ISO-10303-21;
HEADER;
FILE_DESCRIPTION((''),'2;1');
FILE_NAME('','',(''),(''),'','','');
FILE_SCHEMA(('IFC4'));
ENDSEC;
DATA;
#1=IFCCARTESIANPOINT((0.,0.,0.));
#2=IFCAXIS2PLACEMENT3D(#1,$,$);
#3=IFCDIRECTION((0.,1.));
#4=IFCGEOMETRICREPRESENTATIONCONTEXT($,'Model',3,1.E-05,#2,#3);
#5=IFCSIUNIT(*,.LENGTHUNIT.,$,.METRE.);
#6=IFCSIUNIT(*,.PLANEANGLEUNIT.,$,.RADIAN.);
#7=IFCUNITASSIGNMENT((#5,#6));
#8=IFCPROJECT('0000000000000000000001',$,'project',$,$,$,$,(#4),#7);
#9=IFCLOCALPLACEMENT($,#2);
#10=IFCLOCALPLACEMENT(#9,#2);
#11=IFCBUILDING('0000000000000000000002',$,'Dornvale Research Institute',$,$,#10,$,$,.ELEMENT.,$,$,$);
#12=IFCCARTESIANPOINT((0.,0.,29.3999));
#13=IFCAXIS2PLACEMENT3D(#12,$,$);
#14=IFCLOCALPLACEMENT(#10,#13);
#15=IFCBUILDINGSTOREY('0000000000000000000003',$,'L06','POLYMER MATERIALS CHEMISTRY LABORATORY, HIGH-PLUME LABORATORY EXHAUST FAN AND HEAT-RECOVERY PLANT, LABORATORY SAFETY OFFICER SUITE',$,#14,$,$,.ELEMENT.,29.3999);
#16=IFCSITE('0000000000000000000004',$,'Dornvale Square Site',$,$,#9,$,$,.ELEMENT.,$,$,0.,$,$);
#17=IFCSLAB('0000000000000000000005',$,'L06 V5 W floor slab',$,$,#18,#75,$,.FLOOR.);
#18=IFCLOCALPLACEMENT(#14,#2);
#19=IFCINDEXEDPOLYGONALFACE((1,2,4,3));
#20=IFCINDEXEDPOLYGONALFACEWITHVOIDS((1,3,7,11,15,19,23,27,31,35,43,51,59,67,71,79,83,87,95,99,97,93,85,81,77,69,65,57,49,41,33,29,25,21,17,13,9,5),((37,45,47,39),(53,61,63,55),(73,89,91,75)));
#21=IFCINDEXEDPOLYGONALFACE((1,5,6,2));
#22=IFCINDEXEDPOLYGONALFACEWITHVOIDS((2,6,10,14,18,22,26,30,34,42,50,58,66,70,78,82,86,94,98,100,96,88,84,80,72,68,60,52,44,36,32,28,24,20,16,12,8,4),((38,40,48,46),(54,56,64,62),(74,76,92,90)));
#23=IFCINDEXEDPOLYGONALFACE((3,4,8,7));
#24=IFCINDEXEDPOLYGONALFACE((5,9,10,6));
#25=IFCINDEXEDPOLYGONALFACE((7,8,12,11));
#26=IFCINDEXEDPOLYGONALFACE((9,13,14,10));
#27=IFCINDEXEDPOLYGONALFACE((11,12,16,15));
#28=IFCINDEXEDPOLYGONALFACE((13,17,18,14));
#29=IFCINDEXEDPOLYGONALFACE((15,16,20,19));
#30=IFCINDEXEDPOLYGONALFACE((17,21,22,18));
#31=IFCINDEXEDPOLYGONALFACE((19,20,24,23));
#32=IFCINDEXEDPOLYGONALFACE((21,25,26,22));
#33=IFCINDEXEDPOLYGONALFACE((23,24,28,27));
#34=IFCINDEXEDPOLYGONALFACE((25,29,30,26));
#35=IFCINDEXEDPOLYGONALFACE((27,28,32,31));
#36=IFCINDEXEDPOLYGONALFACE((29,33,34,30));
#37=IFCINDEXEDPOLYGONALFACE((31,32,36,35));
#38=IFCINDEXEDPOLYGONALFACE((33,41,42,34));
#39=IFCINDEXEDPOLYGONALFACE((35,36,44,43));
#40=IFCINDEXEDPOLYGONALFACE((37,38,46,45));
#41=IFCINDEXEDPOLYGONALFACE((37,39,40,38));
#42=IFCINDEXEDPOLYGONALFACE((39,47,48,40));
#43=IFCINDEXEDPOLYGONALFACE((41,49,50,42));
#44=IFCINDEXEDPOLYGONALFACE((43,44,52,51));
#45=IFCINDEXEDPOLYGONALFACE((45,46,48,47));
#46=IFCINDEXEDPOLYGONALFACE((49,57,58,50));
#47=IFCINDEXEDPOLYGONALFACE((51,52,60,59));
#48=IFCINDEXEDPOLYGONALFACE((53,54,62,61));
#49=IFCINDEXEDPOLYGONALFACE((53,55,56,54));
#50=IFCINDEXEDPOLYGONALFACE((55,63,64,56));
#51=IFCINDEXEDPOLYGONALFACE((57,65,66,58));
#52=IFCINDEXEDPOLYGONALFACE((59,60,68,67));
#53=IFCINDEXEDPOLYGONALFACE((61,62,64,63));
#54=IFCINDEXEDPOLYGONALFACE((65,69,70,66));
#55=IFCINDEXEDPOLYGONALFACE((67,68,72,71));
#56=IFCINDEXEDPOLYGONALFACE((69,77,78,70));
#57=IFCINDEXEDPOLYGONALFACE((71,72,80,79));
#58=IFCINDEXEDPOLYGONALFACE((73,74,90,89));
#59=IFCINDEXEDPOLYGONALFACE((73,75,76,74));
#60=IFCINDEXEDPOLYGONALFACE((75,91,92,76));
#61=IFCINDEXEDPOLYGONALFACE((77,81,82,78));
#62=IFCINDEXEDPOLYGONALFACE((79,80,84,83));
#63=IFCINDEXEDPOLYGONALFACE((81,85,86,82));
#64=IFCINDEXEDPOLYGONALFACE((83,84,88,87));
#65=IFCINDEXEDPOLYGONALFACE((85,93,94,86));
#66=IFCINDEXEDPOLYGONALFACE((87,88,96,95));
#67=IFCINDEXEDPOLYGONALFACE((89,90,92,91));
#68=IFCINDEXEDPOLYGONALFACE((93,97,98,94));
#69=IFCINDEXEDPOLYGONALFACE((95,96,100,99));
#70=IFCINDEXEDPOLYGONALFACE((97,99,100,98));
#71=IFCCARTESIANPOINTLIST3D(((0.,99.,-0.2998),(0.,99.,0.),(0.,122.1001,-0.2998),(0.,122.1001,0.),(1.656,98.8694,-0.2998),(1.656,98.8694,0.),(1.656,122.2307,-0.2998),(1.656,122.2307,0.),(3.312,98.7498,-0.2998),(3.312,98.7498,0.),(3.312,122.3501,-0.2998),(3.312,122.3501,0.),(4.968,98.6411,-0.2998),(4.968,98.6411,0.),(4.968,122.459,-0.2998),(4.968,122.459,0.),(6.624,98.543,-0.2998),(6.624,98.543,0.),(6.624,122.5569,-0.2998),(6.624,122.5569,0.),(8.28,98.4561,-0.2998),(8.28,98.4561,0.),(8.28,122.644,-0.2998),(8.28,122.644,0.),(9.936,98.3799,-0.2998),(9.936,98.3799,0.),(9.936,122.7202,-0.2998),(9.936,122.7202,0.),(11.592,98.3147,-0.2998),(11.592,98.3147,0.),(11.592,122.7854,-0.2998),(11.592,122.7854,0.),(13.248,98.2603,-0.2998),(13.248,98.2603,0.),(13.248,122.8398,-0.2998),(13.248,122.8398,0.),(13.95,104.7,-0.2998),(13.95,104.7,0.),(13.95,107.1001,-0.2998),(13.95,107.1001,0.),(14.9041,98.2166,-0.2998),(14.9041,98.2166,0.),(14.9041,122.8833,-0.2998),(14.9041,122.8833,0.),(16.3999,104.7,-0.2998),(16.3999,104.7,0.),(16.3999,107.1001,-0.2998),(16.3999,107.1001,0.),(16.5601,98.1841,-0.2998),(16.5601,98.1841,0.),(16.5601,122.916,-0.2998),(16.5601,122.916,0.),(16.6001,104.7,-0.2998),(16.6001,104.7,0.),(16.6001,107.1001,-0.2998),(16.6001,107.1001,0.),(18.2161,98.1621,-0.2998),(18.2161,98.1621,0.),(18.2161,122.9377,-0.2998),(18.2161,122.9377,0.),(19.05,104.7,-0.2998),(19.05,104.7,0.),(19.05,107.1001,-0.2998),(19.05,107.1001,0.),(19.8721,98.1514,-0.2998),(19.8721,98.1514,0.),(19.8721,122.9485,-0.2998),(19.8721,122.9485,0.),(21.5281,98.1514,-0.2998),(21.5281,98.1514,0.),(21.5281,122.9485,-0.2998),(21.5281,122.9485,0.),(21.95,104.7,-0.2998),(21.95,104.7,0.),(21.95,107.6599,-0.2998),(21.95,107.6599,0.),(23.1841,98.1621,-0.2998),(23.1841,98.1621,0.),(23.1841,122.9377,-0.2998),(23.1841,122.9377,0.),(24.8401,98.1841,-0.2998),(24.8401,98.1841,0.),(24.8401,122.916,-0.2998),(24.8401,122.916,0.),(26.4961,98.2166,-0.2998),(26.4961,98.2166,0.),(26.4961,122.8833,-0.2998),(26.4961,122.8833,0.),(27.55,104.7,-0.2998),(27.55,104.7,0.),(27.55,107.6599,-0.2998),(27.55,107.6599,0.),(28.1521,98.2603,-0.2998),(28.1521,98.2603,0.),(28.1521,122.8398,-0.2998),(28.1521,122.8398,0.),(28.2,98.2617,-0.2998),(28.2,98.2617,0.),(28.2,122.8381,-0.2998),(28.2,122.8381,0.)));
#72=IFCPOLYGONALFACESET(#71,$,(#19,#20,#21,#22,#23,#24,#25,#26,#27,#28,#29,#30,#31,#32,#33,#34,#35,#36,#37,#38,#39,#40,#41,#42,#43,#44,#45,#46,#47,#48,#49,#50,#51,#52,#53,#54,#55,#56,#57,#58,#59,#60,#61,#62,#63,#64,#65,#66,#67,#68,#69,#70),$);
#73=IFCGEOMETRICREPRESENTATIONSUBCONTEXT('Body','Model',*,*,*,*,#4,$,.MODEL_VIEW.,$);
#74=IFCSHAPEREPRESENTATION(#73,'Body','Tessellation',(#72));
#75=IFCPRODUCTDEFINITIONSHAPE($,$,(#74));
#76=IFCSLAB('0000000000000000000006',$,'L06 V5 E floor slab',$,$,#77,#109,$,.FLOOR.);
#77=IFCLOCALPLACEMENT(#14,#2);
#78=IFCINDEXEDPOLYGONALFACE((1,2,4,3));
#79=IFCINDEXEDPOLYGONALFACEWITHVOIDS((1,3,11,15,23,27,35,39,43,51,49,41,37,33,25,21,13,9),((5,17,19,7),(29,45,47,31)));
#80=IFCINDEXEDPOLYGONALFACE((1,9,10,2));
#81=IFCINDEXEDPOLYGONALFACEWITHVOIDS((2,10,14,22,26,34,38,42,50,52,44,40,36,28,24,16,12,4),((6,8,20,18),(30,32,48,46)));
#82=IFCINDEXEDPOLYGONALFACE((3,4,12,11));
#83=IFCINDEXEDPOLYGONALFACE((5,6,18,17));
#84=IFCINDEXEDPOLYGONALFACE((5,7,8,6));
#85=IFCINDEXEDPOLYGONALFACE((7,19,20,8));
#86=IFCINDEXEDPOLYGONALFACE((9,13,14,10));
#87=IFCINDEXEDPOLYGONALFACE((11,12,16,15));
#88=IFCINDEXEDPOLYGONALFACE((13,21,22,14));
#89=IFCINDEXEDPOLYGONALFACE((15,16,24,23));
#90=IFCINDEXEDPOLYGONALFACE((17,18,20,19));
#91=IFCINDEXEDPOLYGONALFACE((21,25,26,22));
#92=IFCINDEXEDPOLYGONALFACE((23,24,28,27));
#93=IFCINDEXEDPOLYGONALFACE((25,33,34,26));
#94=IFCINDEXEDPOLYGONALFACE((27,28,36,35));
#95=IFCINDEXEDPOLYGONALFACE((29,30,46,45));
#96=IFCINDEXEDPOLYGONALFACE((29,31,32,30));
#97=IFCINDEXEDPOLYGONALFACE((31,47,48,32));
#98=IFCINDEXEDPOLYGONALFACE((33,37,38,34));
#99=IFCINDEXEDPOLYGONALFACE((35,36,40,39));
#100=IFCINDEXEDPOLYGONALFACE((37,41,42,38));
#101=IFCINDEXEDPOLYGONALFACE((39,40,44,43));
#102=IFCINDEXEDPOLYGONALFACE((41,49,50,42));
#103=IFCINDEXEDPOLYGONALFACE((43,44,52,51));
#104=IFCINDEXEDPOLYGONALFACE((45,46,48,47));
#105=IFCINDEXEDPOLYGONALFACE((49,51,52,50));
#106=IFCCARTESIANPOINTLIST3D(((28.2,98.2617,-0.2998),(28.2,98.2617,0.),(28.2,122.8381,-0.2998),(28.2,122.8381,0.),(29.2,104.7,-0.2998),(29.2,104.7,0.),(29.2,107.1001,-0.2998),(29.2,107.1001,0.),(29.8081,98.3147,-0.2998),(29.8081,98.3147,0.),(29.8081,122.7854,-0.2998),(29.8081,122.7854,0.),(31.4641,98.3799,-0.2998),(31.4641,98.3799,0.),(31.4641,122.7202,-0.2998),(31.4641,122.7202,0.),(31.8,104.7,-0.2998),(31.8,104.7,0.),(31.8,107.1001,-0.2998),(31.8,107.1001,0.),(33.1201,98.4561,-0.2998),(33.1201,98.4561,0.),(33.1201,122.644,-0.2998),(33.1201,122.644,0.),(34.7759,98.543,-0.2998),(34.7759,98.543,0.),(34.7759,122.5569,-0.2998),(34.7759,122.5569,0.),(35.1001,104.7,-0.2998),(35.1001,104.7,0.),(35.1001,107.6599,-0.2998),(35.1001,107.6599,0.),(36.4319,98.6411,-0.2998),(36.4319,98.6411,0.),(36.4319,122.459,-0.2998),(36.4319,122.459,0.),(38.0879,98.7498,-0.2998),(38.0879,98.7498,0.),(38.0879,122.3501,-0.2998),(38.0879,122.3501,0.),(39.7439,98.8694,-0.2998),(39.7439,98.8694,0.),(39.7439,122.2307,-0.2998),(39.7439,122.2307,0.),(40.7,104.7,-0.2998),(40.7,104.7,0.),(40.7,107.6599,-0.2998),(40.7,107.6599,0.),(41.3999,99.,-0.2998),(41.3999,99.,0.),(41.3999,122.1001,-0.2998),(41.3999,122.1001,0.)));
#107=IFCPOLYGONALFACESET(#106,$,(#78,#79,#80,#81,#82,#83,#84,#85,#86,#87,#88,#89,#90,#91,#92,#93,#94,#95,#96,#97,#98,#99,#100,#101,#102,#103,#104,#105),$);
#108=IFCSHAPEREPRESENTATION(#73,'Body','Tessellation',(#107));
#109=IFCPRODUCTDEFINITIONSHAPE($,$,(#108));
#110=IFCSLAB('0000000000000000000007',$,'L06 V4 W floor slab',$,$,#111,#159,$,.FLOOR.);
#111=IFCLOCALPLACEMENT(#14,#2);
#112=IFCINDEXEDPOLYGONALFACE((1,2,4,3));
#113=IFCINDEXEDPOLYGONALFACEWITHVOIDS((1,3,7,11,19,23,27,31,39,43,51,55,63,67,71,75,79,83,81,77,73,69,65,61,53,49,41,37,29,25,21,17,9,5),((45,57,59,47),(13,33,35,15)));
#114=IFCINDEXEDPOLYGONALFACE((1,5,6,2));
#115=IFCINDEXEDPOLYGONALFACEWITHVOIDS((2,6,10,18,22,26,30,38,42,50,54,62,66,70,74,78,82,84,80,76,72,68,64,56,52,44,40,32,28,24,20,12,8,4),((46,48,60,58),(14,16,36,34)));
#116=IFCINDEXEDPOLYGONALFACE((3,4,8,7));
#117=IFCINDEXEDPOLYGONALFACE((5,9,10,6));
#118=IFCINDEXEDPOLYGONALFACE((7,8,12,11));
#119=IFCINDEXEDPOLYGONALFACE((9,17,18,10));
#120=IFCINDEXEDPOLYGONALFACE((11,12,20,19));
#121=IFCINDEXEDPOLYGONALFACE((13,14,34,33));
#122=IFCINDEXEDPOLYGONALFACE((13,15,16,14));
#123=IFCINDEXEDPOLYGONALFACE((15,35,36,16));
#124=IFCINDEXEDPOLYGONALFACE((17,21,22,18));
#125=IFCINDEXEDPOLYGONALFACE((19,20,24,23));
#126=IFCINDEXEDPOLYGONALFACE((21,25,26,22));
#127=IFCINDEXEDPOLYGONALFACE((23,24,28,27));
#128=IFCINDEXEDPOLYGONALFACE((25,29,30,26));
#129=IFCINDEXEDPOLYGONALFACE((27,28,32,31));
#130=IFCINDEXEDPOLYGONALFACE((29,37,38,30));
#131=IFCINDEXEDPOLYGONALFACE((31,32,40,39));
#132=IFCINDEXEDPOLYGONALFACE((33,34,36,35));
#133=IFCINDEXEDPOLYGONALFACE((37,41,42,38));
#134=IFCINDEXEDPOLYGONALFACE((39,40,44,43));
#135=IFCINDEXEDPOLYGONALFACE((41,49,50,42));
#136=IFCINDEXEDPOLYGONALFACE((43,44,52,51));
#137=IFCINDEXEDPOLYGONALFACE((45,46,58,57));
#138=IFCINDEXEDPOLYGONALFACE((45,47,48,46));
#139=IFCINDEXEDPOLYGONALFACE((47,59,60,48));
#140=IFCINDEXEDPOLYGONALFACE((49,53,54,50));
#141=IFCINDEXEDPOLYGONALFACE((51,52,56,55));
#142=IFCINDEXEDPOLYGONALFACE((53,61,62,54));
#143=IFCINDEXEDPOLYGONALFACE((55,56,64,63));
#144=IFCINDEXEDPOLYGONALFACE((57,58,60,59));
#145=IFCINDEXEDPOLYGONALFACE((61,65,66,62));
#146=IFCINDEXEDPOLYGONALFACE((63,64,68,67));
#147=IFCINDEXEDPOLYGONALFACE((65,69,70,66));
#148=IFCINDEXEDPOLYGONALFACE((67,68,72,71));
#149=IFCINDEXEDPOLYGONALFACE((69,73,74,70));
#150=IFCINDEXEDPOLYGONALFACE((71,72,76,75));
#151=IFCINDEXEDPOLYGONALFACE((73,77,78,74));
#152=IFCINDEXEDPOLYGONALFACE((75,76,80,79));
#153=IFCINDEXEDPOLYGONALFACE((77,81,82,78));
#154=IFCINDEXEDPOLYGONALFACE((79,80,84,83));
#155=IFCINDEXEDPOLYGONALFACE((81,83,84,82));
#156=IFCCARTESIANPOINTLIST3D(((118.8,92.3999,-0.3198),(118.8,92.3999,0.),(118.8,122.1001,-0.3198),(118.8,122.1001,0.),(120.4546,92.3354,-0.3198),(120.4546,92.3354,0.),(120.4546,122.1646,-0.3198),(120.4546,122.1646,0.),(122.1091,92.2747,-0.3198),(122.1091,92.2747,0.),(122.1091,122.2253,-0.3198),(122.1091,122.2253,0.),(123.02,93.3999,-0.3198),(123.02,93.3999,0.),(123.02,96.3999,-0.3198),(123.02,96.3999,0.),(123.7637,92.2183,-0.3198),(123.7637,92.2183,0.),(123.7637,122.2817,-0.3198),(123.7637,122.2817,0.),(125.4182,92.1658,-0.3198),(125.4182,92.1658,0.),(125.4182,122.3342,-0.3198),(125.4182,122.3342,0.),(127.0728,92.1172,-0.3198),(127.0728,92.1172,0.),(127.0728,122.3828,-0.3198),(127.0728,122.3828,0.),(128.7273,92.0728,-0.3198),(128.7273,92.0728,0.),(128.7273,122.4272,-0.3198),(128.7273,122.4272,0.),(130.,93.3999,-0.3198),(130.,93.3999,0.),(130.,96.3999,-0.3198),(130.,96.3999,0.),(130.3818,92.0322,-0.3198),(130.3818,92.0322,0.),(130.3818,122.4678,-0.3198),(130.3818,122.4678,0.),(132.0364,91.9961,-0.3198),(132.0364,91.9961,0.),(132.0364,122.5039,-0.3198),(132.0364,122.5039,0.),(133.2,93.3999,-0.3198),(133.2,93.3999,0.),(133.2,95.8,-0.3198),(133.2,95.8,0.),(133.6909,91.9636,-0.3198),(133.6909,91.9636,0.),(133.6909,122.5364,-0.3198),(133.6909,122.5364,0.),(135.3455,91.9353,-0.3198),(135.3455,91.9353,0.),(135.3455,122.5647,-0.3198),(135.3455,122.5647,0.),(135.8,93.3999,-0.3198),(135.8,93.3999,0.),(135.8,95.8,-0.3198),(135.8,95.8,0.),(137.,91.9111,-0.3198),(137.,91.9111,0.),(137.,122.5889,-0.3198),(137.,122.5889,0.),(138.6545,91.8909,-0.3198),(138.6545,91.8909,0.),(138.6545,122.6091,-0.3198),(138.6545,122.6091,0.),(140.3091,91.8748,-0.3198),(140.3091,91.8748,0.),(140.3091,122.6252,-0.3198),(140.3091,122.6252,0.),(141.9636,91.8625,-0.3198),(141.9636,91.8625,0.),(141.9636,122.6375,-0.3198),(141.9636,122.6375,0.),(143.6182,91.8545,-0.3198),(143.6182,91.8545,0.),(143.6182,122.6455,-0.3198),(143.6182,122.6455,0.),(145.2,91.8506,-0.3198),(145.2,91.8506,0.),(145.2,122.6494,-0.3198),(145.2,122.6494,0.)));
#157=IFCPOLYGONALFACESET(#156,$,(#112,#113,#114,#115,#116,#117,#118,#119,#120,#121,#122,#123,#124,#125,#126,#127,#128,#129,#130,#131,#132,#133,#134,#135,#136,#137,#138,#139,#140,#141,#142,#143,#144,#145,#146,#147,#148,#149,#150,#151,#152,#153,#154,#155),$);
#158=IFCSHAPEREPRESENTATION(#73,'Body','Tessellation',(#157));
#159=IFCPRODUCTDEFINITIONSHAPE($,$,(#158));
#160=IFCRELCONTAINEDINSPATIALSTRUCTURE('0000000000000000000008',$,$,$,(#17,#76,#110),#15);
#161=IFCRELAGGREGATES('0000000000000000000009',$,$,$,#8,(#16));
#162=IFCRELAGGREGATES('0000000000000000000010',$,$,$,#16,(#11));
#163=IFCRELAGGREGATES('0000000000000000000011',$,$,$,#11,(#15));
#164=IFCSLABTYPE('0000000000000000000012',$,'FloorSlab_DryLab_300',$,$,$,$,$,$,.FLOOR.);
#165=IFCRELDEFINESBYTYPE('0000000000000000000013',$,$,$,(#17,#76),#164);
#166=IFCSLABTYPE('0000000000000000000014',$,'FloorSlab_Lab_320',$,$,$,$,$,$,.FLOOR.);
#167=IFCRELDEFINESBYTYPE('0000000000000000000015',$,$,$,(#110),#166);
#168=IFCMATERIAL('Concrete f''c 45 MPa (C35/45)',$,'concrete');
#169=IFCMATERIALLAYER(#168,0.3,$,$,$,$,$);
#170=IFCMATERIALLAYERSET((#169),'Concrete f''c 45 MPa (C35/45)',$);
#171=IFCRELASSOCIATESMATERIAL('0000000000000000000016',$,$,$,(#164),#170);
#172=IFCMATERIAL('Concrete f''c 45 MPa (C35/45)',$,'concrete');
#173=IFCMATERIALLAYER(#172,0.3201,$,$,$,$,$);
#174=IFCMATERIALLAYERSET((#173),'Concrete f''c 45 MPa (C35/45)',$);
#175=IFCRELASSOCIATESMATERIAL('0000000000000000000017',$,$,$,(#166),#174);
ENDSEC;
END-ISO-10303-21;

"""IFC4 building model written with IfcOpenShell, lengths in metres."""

from ifc_helpers import new_model, si_unit, direction, frame, origin, place, context, subcontext, project, spatial, polyline, outline, extrude, material, layer, layer_set, type_object, element, save


model = new_model("IFC4")

# Units and contexts
model_context = context("Model", 3, precision=1e-05, world=origin(), true_north=direction((0.0, 1.0)))
body_context = subcontext(model_context, "Body", "Model", "MODEL_VIEW")
ifc_project = project(units=[si_unit("LENGTHUNIT", "METRE"), si_unit("PLANEANGLEUNIT", "RADIAN")], contexts=[model_context])

# Site, building, storey
site_placement = place(None, origin())
site = spatial("IfcSite", under=ifc_project, at=site_placement, Name="Dornvale Square Site", CompositionType="ELEMENT", RefElevation=0.0)
building_placement = place(site_placement, origin())
building = spatial("IfcBuilding", under=site, at=building_placement, Name="Dornvale Research Institute", CompositionType="ELEMENT")
storey_placement = place(building_placement, frame((0.0, 0.0, 29.3999)))
storey = spatial("IfcBuildingStorey", under=building, at=storey_placement, Name="L06", Description="POLYMER MATERIALS CHEMISTRY LABORATORY, HIGH-PLUME LABORATORY EXHAUST FAN AND HEAT-RECOVERY PLANT, LABORATORY SAFETY OFFICER SUITE", CompositionType="ELEMENT", Elevation=29.3999)

# Slabs
ifc_material_1 = material(Name="Concrete f'c 45 MPa (C35/45)", Category="concrete")
ifc_layer_1 = layer(ifc_material_1, 0.3)
ifc_layer_set_1 = layer_set([ifc_layer_1], Name="Concrete f'c 45 MPa (C35/45)")
slab_type_1 = type_object("IfcSlabType", Name="FloorSlab_DryLab_300", PredefinedType="FLOOR", material=ifc_layer_set_1)
slab_1_placement = place(storey_placement, frame((0.0, 0.0, -0.2998)))
element("IfcSlab", 1, at=slab_1_placement, inside=storey, type_object=slab_type_1, Name="L06 V5 W floor slab", PredefinedType="FLOOR", context=body_context, shape_type="SweptSolid", body=[
    extrude(outline(polyline([(28.1521, 98.2603), (26.4961, 98.2166), (24.8401, 98.1841), (23.1841, 98.1621), (21.5281, 98.1514), (19.8721, 98.1514), (18.2161, 98.1621), (16.5601, 98.1841), (14.9041, 98.2166), (13.248, 98.2603), (11.592, 98.3147), (9.936, 98.3799), (8.28, 98.4561), (6.624, 98.543), (4.968, 98.6411), (3.312, 98.7498), (1.656, 98.8694), (0.0, 99.0), (0.0, 122.1001), (1.656, 122.2307), (3.312, 122.3501), (4.968, 122.459), (6.624, 122.5569), (8.28, 122.644), (9.936, 122.7202), (11.592, 122.7854), (13.248, 122.8398), (14.9041, 122.8833), (16.5601, 122.916), (18.2161, 122.9377), (19.8721, 122.9485), (21.5281, 122.9485), (23.1841, 122.9377), (24.8401, 122.916), (26.4961, 122.8833), (28.1521, 122.8398), (28.2, 122.8381), (28.2, 98.2617), (28.1521, 98.2603)]), holes=[polyline([(21.95, 104.7), (27.55, 104.7), (27.55, 107.6599), (21.95, 107.6599), (21.95, 104.7)]), polyline([(13.95, 104.7), (16.3999, 104.7), (16.3999, 107.1001), (13.95, 107.1001), (13.95, 104.7)]), polyline([(16.6001, 104.7), (19.05, 104.7), (19.05, 107.1001), (16.6001, 107.1001), (16.6001, 104.7)])]), origin(), (0.0, 0.0, 1.0), 0.2998),
])
slab_2_placement = place(storey_placement, frame((0.0, 0.0, -0.2998)))
element("IfcSlab", 2, at=slab_2_placement, inside=storey, type_object=slab_type_1, Name="L06 V5 E floor slab", PredefinedType="FLOOR", context=body_context, shape_type="SweptSolid", body=[
    extrude(outline(polyline([(29.8081, 122.7854), (31.4641, 122.7202), (33.1201, 122.644), (34.7759, 122.5569), (36.4319, 122.459), (38.0879, 122.3501), (39.7439, 122.2307), (41.3999, 122.1001), (41.3999, 99.0), (39.7439, 98.8694), (38.0879, 98.7498), (36.4319, 98.6411), (34.7759, 98.543), (33.1201, 98.4561), (31.4641, 98.3799), (29.8081, 98.3147), (28.2, 98.2617), (28.2, 122.8381), (29.8081, 122.7854)]), holes=[polyline([(35.1001, 104.7), (40.7, 104.7), (40.7, 107.6599), (35.1001, 107.6599), (35.1001, 104.7)]), polyline([(29.2, 104.7), (31.8, 104.7), (31.8, 107.1001), (29.2, 107.1001), (29.2, 104.7)])]), origin(), (0.0, 0.0, 1.0), 0.2998),
])
ifc_material_2 = material(Name="Concrete f'c 45 MPa (C35/45)", Category="concrete")
ifc_layer_2 = layer(ifc_material_2, 0.3201)
ifc_layer_set_2 = layer_set([ifc_layer_2], Name="Concrete f'c 45 MPa (C35/45)")
slab_type_2 = type_object("IfcSlabType", Name="FloorSlab_Lab_320", PredefinedType="FLOOR", material=ifc_layer_set_2)
slab_3_placement = place(storey_placement, frame((0.0, 0.0, -0.3198)))
element("IfcSlab", 3, at=slab_3_placement, inside=storey, type_object=slab_type_2, Name="L06 V4 W floor slab", PredefinedType="FLOOR", context=body_context, shape_type="SweptSolid", body=[
    extrude(outline(polyline([(143.6182, 91.8545), (141.9636, 91.8625), (140.3091, 91.8748), (138.6545, 91.8909), (137.0, 91.9111), (135.3455, 91.9353), (133.6909, 91.9636), (132.0364, 91.9961), (130.3818, 92.0322), (128.7273, 92.0728), (127.0728, 92.1172), (125.4182, 92.1658), (123.7637, 92.2183), (122.1091, 92.2747), (120.4546, 92.3354), (118.8, 92.3999), (118.8, 122.1001), (120.4546, 122.1646), (122.1091, 122.2253), (123.7637, 122.2817), (125.4182, 122.3342), (127.0728, 122.3828), (128.7273, 122.4272), (130.3818, 122.4678), (132.0364, 122.5039), (133.6909, 122.5364), (135.3455, 122.5647), (137.0, 122.5889), (138.6545, 122.6091), (140.3091, 122.6252), (141.9636, 122.6375), (143.6182, 122.6455), (145.2, 122.6494), (145.2, 91.8506), (143.6182, 91.8545)]), holes=[polyline([(123.02, 93.3999), (130.0, 93.3999), (130.0, 96.3999), (123.02, 96.3999), (123.02, 93.3999)]), polyline([(133.2, 93.3999), (135.8, 93.3999), (135.8, 95.8), (133.2, 95.8), (133.2, 93.3999)])]), origin(), (0.0, 0.0, 1.0), 0.3198),
])

save(model, "model.ifc")
